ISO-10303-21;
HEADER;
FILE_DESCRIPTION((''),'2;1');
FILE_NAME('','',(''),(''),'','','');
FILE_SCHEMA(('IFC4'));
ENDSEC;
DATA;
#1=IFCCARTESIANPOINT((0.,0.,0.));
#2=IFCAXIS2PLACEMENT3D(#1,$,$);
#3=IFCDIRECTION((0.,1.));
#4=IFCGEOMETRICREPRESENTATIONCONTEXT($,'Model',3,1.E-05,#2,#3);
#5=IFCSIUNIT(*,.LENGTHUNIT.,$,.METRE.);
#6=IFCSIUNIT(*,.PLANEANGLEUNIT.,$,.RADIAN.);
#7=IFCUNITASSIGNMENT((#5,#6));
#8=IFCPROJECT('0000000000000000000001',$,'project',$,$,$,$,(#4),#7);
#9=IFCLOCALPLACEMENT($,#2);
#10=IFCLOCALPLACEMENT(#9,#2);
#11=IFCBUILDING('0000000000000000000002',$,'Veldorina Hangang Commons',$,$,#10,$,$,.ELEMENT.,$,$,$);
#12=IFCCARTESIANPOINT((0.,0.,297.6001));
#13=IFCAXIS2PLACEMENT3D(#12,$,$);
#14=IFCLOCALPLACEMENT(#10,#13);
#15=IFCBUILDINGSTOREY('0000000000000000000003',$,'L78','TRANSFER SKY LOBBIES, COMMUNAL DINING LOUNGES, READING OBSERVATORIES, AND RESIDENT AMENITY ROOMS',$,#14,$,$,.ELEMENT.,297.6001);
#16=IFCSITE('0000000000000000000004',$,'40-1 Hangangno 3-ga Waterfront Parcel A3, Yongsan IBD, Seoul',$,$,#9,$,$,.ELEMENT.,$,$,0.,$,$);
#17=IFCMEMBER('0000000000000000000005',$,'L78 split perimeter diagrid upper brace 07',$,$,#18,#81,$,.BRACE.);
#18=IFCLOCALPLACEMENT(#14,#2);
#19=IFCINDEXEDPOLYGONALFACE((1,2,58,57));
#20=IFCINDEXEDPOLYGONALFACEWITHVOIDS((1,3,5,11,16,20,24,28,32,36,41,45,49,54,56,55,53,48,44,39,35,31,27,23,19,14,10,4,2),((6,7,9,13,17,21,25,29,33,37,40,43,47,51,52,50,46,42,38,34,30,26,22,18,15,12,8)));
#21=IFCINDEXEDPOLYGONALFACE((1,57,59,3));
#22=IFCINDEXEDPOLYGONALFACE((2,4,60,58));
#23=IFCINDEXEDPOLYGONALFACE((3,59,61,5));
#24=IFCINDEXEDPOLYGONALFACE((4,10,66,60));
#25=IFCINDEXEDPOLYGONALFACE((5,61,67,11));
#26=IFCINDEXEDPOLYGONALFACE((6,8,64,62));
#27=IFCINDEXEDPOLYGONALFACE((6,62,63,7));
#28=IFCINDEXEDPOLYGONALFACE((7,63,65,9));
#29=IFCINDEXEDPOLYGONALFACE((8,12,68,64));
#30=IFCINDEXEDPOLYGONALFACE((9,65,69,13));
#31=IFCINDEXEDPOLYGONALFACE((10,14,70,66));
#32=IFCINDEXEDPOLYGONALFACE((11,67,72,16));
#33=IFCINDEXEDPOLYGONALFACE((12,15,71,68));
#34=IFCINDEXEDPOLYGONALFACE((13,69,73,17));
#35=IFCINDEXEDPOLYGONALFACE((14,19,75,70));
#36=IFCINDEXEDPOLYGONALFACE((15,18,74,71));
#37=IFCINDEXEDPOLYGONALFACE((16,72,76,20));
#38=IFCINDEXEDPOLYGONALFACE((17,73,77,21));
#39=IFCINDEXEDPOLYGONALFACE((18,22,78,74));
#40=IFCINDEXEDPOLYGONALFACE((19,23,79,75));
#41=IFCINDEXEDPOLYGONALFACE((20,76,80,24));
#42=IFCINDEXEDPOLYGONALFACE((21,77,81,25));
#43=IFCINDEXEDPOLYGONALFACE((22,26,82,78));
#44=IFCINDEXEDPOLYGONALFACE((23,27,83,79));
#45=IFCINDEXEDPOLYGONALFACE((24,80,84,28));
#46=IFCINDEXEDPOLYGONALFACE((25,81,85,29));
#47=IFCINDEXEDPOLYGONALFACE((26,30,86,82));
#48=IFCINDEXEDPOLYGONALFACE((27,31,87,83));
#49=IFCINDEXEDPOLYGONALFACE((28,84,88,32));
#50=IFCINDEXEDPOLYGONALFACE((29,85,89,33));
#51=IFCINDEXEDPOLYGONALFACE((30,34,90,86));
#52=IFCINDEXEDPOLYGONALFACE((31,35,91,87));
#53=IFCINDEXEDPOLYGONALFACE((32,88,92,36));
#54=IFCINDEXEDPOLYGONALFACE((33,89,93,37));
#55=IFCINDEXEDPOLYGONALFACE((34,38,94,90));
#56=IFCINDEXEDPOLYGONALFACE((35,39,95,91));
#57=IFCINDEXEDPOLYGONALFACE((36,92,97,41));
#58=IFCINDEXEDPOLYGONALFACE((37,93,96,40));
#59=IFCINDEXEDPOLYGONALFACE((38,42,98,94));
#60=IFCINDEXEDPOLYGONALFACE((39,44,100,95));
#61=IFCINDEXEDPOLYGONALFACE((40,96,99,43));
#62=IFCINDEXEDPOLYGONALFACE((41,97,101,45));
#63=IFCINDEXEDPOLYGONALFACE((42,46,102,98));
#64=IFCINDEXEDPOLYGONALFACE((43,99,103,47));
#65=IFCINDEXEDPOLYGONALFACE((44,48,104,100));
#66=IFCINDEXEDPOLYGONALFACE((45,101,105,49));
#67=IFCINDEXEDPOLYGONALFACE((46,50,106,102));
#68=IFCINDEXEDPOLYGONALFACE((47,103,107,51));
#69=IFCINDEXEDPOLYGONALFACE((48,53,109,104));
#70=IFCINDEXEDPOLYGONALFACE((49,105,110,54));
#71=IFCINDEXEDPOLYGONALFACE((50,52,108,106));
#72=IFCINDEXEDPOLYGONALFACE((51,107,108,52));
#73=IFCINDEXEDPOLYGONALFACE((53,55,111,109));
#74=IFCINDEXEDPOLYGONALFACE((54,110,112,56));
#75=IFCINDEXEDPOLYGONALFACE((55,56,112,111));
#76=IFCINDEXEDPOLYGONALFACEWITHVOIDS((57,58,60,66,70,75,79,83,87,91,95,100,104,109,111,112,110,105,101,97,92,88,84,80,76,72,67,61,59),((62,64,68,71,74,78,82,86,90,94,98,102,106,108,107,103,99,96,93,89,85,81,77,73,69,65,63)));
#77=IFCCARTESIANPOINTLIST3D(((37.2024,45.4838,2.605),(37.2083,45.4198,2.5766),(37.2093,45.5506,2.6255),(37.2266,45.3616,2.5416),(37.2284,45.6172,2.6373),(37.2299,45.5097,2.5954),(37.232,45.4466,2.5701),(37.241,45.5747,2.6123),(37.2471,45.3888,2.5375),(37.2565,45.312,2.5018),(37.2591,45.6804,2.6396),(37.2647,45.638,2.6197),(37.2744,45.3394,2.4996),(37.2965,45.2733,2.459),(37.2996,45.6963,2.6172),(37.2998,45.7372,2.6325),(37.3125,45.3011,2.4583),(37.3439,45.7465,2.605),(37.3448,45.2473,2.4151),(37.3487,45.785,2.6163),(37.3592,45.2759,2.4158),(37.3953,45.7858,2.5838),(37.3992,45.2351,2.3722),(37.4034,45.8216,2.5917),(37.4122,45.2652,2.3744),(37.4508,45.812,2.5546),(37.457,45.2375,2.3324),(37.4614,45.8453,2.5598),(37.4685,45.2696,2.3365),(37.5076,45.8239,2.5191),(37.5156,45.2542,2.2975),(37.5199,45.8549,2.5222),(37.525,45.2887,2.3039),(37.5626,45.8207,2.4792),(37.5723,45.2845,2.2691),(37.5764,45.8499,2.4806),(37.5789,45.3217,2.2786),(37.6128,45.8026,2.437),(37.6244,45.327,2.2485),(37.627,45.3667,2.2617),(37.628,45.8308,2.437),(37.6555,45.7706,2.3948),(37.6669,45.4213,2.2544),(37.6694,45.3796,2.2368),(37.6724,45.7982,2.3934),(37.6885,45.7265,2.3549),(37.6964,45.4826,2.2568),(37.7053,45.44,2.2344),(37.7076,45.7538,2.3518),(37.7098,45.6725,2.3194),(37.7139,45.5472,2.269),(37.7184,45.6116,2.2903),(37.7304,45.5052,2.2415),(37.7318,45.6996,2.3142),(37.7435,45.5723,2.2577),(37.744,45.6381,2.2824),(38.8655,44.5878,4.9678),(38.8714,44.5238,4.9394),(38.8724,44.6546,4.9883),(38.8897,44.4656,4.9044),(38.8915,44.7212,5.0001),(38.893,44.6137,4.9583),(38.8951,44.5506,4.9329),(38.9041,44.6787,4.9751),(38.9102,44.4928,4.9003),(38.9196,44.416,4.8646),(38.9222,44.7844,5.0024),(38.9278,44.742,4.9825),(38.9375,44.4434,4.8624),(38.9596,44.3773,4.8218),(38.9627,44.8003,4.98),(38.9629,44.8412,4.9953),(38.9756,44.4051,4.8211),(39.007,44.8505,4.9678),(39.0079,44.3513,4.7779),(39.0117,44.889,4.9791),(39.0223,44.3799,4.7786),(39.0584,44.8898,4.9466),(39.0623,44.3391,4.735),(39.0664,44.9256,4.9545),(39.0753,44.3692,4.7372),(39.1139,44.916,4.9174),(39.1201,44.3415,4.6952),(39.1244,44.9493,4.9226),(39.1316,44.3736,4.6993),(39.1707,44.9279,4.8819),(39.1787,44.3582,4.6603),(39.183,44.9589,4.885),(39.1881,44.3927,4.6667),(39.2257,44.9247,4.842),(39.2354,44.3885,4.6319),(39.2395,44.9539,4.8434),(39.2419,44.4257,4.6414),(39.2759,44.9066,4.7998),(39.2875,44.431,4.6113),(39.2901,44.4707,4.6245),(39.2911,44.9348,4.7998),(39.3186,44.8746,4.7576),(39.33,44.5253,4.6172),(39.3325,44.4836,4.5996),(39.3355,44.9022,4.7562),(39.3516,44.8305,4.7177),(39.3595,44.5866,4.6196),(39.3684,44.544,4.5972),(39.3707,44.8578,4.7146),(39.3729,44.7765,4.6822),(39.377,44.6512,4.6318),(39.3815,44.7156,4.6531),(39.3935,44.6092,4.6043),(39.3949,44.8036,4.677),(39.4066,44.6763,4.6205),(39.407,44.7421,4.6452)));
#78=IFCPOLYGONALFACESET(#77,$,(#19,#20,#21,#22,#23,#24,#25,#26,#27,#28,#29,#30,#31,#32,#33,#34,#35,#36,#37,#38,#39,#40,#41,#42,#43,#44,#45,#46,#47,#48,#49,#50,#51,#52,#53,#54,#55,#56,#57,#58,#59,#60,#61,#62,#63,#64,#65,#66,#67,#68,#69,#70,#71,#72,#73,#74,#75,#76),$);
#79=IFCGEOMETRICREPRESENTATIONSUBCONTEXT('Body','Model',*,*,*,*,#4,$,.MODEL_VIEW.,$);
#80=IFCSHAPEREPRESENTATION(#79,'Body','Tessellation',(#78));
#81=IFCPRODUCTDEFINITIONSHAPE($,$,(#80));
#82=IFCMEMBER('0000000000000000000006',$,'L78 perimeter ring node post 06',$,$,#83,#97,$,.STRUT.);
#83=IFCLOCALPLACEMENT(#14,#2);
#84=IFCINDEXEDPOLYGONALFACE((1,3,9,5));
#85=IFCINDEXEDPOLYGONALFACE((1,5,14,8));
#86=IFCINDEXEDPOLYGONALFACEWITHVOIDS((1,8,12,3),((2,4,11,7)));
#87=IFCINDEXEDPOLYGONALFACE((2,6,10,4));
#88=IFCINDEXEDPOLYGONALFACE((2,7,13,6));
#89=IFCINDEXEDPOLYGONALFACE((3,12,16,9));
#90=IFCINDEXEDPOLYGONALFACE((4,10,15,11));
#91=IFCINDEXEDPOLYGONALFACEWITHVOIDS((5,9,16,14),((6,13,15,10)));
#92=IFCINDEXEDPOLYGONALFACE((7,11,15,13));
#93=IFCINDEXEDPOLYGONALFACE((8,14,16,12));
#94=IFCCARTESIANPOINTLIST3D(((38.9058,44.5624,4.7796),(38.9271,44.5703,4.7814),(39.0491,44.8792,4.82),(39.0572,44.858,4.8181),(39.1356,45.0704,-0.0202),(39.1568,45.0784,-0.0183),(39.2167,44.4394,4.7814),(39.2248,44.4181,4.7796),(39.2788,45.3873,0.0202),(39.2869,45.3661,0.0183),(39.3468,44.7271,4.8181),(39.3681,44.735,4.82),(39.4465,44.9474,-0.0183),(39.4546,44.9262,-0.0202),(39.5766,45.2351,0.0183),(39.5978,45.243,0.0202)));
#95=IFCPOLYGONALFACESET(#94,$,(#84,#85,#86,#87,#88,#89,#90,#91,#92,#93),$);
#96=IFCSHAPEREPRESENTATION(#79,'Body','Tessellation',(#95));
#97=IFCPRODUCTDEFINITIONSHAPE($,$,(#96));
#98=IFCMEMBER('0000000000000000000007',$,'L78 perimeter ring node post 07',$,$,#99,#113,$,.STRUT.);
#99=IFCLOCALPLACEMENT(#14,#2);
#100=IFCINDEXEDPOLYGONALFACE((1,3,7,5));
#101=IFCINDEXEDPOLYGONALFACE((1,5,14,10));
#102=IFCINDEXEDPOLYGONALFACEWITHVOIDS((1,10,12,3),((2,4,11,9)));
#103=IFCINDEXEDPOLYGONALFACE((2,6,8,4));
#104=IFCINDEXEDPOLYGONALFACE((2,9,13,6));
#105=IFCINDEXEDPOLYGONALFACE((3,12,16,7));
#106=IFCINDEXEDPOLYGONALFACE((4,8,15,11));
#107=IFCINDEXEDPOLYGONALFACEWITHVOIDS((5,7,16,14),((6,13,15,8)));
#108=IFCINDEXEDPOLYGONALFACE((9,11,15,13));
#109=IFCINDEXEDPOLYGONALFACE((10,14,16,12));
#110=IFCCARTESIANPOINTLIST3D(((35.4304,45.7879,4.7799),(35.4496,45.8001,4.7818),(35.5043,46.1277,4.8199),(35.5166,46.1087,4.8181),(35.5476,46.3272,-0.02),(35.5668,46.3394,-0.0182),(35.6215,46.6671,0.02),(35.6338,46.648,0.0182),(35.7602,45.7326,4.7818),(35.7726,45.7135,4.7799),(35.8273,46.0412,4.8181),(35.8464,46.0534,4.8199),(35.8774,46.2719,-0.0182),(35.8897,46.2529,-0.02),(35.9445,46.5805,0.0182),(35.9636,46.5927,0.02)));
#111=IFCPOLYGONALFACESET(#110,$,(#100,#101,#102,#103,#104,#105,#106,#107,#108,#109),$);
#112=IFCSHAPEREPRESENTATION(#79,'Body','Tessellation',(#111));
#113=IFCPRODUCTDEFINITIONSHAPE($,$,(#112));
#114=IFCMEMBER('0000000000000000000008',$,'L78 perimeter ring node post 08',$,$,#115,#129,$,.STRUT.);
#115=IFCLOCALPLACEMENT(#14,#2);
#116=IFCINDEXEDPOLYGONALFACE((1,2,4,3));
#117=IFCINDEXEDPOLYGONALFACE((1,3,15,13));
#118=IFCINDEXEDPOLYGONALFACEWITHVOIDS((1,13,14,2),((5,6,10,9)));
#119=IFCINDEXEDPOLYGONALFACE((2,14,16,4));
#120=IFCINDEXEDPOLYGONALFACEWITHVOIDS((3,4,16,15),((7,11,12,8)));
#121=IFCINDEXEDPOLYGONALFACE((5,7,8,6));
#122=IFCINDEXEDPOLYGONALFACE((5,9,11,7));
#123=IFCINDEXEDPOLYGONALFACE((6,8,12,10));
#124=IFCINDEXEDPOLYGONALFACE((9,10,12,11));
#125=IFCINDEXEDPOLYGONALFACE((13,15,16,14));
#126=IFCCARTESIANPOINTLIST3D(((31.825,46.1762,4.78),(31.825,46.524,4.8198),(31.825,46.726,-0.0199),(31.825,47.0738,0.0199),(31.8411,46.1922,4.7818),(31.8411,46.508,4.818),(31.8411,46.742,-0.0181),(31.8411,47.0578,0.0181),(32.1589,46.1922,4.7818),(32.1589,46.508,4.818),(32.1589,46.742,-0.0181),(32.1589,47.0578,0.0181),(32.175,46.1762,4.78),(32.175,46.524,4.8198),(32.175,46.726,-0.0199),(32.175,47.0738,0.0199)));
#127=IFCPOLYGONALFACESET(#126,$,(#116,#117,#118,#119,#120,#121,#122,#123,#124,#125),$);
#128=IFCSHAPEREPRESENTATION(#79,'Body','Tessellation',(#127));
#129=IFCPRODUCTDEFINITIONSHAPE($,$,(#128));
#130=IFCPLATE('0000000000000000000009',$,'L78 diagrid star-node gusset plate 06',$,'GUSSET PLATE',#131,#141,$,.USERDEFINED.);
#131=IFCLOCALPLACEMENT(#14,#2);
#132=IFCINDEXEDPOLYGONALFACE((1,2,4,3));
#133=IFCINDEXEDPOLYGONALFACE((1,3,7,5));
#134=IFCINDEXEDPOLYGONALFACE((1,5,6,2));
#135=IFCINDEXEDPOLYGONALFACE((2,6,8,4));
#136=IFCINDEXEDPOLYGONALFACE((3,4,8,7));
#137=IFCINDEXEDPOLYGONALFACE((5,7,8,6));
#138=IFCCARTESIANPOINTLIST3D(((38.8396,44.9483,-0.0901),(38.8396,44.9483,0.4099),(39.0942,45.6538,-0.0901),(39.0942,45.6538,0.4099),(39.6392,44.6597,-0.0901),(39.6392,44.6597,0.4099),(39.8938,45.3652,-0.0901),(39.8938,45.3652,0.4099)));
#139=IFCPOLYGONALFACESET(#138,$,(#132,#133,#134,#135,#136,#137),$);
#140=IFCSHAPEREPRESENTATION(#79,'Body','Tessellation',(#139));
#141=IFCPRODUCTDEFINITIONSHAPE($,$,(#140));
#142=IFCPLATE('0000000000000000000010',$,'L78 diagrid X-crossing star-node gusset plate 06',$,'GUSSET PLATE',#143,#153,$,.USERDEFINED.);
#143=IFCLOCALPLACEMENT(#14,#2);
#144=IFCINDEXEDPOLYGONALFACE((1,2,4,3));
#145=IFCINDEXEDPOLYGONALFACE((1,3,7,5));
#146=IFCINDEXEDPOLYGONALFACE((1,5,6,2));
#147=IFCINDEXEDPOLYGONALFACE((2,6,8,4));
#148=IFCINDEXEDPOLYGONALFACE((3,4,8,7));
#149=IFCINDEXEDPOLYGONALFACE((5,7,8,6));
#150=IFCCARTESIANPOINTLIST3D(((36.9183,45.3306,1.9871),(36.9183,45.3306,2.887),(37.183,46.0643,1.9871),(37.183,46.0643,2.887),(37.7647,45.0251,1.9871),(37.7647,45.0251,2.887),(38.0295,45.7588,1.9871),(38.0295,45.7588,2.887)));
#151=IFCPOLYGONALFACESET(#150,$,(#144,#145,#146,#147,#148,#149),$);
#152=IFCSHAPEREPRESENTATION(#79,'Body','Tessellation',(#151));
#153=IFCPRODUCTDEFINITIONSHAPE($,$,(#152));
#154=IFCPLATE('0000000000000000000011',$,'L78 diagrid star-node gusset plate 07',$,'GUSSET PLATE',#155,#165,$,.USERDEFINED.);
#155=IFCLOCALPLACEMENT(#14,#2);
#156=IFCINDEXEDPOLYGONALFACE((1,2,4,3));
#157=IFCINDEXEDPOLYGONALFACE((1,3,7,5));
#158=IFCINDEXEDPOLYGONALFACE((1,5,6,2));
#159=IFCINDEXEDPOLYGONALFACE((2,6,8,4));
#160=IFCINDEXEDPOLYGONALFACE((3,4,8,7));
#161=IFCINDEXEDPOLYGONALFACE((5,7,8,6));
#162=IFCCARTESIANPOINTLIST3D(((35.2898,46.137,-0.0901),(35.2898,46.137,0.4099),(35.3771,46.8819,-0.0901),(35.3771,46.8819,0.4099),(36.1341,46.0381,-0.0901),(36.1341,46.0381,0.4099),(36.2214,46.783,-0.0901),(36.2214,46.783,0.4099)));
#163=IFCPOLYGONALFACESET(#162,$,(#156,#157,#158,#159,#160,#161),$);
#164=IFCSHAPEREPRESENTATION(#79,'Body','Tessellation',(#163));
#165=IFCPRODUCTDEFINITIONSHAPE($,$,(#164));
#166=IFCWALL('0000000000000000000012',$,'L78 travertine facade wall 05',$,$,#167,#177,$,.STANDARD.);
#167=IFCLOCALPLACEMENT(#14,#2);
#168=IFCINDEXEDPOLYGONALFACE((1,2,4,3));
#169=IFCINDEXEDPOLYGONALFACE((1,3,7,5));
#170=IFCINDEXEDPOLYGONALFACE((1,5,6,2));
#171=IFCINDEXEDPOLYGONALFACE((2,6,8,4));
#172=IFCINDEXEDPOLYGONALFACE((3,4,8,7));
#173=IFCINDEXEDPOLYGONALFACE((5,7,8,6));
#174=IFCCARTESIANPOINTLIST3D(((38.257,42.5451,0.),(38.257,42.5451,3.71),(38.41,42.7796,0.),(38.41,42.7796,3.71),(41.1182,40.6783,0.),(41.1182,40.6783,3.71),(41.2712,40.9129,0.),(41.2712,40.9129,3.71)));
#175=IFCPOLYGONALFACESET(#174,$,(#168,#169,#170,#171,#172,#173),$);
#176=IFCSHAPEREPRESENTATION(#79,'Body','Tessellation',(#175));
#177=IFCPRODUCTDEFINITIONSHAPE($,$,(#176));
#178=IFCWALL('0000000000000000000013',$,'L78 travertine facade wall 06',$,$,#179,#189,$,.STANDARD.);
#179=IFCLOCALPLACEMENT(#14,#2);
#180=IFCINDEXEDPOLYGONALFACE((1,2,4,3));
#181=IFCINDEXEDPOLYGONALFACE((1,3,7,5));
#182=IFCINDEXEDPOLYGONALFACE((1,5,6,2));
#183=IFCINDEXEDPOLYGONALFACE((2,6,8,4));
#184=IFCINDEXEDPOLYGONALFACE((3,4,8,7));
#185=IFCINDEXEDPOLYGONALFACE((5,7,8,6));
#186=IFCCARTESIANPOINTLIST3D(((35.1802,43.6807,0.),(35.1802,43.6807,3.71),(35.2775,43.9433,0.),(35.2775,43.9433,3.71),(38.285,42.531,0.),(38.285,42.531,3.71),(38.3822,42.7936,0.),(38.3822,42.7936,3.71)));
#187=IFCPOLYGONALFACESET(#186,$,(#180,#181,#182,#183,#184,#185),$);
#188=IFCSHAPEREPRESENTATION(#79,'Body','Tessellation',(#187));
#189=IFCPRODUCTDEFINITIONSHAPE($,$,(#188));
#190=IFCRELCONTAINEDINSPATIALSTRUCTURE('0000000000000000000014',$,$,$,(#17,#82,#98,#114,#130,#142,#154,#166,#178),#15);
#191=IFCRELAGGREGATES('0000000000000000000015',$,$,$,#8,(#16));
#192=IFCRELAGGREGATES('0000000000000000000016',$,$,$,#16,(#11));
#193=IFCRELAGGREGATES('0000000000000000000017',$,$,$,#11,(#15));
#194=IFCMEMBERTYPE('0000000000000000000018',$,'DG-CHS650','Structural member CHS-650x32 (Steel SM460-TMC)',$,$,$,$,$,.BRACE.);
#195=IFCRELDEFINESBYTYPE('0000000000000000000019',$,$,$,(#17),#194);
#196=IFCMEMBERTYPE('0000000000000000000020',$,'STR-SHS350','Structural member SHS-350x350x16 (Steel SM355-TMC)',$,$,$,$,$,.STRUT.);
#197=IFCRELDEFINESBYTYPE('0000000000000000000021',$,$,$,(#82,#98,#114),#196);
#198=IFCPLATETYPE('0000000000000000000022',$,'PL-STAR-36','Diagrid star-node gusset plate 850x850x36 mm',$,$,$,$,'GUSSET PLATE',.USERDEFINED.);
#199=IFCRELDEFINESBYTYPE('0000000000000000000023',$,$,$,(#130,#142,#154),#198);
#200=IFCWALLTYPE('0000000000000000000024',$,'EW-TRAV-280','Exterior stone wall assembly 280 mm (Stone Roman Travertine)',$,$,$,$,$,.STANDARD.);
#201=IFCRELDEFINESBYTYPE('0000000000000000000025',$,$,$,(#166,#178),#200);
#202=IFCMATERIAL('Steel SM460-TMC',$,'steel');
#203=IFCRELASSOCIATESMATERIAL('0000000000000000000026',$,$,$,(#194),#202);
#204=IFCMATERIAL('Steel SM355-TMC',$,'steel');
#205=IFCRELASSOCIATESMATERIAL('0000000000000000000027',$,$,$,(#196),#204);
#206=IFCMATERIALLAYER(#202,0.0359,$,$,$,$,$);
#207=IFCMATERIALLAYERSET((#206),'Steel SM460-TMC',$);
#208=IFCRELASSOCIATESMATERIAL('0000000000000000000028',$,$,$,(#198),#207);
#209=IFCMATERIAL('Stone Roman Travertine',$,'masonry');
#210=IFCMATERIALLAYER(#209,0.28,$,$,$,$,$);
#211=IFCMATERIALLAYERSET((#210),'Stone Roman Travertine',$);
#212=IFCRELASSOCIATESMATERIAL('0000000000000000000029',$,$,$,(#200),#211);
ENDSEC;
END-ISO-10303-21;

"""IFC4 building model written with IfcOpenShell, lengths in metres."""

from ifc_helpers import new_model, si_unit, direction, frame, frame_2d, origin, origin_2d, place, context, subcontext, project, spatial, rectangle, hollow_rectangle, hollow_circle, extrude, material, layer, layer_set, material_profile, profile_set, type_object, element, save


model = new_model("IFC4")

# Units and contexts
model_context = context("Model", 3, precision=1e-05, world=origin(), true_north=direction((0.0, 1.0)))
body_context = subcontext(model_context, "Body", "Model", "MODEL_VIEW")
ifc_project = project(units=[si_unit("LENGTHUNIT", "METRE"), si_unit("PLANEANGLEUNIT", "RADIAN")], contexts=[model_context])

# Site, building, storey
site_placement = place(None, origin())
site = spatial("IfcSite", under=ifc_project, at=site_placement, Name="40-1 Hangangno 3-ga Waterfront Parcel A3, Yongsan IBD, Seoul", CompositionType="ELEMENT", RefElevation=0.0)
building_placement = place(site_placement, origin())
building = spatial("IfcBuilding", under=site, at=building_placement, Name="Veldorina Hangang Commons", CompositionType="ELEMENT")
storey_placement = place(building_placement, frame((0.0, 0.0, 297.6001)))
storey = spatial("IfcBuildingStorey", under=building, at=storey_placement, Name="L78", Description="TRANSFER SKY LOBBIES, COMMUNAL DINING LOUNGES, READING OBSERVATORIES, AND RESIDENT AMENITY ROOMS", CompositionType="ELEMENT", Elevation=297.6001)

# Shared definitions
ifc_material_1 = material(Name="Steel SM460-TMC", Category="steel")
ifc_material_2 = material(Name="Steel SM355-TMC", Category="steel")

# Members
ifc_material_profile_1 = material_profile(ifc_material_1, hollow_circle(Radius=0.325, WallThickness=0.032, at=origin_2d()), Name="CHS-650x32")
ifc_profile_set_1 = profile_set([ifc_material_profile_1], Name="Steel SM460-TMC")
member_type_1 = type_object("IfcMemberType", Name="DG-CHS650", Description="Structural member CHS-650x32 (Steel SM460-TMC)", PredefinedType="BRACE", material=ifc_profile_set_1)
member_1_placement = place(storey_placement, frame((37.4739, 45.5447, 2.437), z_axis=(0.549756, -0.296184, 0.781053), x_axis=(0.4743, 0.880363, 0.0)))
element("IfcMember", 1, at=member_1_placement, inside=storey, type_object=member_type_1, Name="L78 split perimeter diagrid upper brace 07", PredefinedType="BRACE", context=body_context, shape_type="SweptSolid", body=[
    extrude(hollow_circle(Radius=0.325, WallThickness=0.032, at=origin_2d()), origin(), (0.0, 0.0, 1.0), 3.0251),
])
ifc_material_profile_2 = material_profile(ifc_material_2, hollow_rectangle(XDim=0.3501, YDim=0.3501, WallThickness=0.0161, at=origin_2d()), Name="SHS-350x350x16")
ifc_profile_set_2 = profile_set([ifc_material_profile_2], Name="Steel SM355-TMC")
member_type_2 = type_object("IfcMemberType", Name="STR-SHS350", Description="Structural member SHS-350x350x16 (Steel SM355-TMC)", PredefinedType="STRUT", material=ifc_profile_set_2)
member_2_placement = place(storey_placement, frame((39.3667, 45.1567, 0.0), z_axis=(-0.047544, -0.105142, 0.99332), x_axis=(0.911174, -0.412021, 0.0)))
element("IfcMember", 2, at=member_2_placement, inside=storey, type_object=member_type_2, Name="L78 perimeter ring node post 06", PredefinedType="STRUT", context=body_context, shape_type="SweptSolid", body=[
    extrude(hollow_rectangle(XDim=0.3501, YDim=0.3501, WallThickness=0.0161, at=origin_2d()), origin(), (0.0, 0.0, 1.0), 4.832),
])
member_3_placement = place(storey_placement, frame((35.7556, 46.46, 0.0), z_axis=(-0.024255, -0.111625, 0.993454), x_axis=(0.977196, -0.212338, 0.0)))
element("IfcMember", 3, at=member_3_placement, inside=storey, type_object=member_type_2, Name="L78 perimeter ring node post 07", PredefinedType="STRUT", context=body_context, shape_type="SweptSolid", body=[
    extrude(hollow_rectangle(XDim=0.3501, YDim=0.3501, WallThickness=0.0161, at=origin_2d()), origin(), (0.0, 0.0, 1.0), 4.8315),
])
member_4_placement = place(storey_placement, frame((32.0, 46.8999, 0.0), z_axis=(0.0, -0.113803, 0.993503), x_axis=(1.0, 0.0, 0.0)))
element("IfcMember", 4, at=member_4_placement, inside=storey, type_object=member_type_2, Name="L78 perimeter ring node post 08", PredefinedType="STRUT", context=body_context, shape_type="SweptSolid", body=[
    extrude(hollow_rectangle(XDim=0.3501, YDim=0.3501, WallThickness=0.0161, at=origin_2d()), origin(), (0.0, 0.0, 1.0), 4.8313),
])

# Plates
ifc_layer_1 = layer(ifc_material_1, 0.0359)
ifc_layer_set_1 = layer_set([ifc_layer_1], Name="Steel SM460-TMC")
plate_type = type_object("IfcPlateType", Name="PL-STAR-36", Description="Diagrid star-node gusset plate 850x850x36 mm", ElementType="GUSSET PLATE", PredefinedType="USERDEFINED", material=ifc_layer_set_1)
plate_1_placement = place(storey_placement, frame((39.3667, 45.1567, -0.0901), z_axis=(0.0, 0.0, 1.0), x_axis=(-0.940626, 0.339444, 0.0)))
element("IfcPlate", 5, at=plate_1_placement, inside=storey, type_object=plate_type, Name="L78 diagrid star-node gusset plate 06", ObjectType="GUSSET PLATE", PredefinedType="USERDEFINED", context=body_context, shape_type="SweptSolid", body=[
    extrude(rectangle(XDim=0.8501, YDim=0.75, at=origin_2d()), origin(), (0.0, 0.0, 1.0), 0.5),
])
plate_2_placement = place(storey_placement, frame((37.4739, 45.5447, 1.9871), z_axis=(0.0, 0.0, 1.0), x_axis=(-0.940626, 0.339444, 0.0)))
element("IfcPlate", 6, at=plate_2_placement, inside=storey, type_object=plate_type, Name="L78 diagrid X-crossing star-node gusset plate 06", ObjectType="GUSSET PLATE", PredefinedType="USERDEFINED", context=body_context, shape_type="SweptSolid", body=[
    extrude(rectangle(XDim=0.8999, YDim=0.78, at=origin_2d()), origin(), (0.0, 0.0, 1.0), 0.8999),
])
plate_3_placement = place(storey_placement, frame((35.7556, 46.46, -0.0901), z_axis=(0.0, 0.0, 1.0), x_axis=(-0.993207, 0.116359, 0.0)))
element("IfcPlate", 7, at=plate_3_placement, inside=storey, type_object=plate_type, Name="L78 diagrid star-node gusset plate 07", ObjectType="GUSSET PLATE", PredefinedType="USERDEFINED", context=body_context, shape_type="SweptSolid", body=[
    extrude(rectangle(XDim=0.8501, YDim=0.75, at=origin_2d()), origin(), (0.0, 0.0, 1.0), 0.5),
])

# Walls
ifc_material_3 = material(Name="Stone Roman Travertine", Category="masonry")
ifc_layer_2 = layer(ifc_material_3, 0.28)
ifc_layer_set_2 = layer_set([ifc_layer_2], Name="Stone Roman Travertine")
wall_type_1 = type_object("IfcWallType", Name="EW-TRAV-280", Description="Exterior stone wall assembly 280 mm (Stone Roman Travertine)", PredefinedType="STANDARD", material=ifc_layer_set_2)
wall_1_placement = place(storey_placement, frame((41.1946, 40.7957, 0.0), z_axis=(0.0, 0.0, 1.0), x_axis=(-0.837507, 0.546427, 0.0)))
element("IfcWall", 8, at=wall_1_placement, inside=storey, type_object=wall_type_1, Name="L78 travertine facade wall 05", PredefinedType="STANDARD", context=body_context, shape_type="SweptSolid", body=[
    extrude(rectangle(XDim=3.4163, YDim=0.28, at=frame_2d((1.708, 0.0))), origin(), (0.0, 0.0, 1.0), 3.71),
])
wall_2_placement = place(storey_placement, frame((38.3335, 42.6624, 0.0), z_axis=(0.0, 0.0, 1.0), x_axis=(-0.937773, 0.34725, 0.0)))
element("IfcWall", 9, at=wall_2_placement, inside=storey, type_object=wall_type_1, Name="L78 travertine facade wall 06", PredefinedType="STANDARD", context=body_context, shape_type="SweptSolid", body=[
    extrude(rectangle(XDim=3.3108, YDim=0.28, at=frame_2d((1.6553, 0.0))), origin(), (0.0, 0.0, 1.0), 3.71),
])

save(model, "model.ifc")
